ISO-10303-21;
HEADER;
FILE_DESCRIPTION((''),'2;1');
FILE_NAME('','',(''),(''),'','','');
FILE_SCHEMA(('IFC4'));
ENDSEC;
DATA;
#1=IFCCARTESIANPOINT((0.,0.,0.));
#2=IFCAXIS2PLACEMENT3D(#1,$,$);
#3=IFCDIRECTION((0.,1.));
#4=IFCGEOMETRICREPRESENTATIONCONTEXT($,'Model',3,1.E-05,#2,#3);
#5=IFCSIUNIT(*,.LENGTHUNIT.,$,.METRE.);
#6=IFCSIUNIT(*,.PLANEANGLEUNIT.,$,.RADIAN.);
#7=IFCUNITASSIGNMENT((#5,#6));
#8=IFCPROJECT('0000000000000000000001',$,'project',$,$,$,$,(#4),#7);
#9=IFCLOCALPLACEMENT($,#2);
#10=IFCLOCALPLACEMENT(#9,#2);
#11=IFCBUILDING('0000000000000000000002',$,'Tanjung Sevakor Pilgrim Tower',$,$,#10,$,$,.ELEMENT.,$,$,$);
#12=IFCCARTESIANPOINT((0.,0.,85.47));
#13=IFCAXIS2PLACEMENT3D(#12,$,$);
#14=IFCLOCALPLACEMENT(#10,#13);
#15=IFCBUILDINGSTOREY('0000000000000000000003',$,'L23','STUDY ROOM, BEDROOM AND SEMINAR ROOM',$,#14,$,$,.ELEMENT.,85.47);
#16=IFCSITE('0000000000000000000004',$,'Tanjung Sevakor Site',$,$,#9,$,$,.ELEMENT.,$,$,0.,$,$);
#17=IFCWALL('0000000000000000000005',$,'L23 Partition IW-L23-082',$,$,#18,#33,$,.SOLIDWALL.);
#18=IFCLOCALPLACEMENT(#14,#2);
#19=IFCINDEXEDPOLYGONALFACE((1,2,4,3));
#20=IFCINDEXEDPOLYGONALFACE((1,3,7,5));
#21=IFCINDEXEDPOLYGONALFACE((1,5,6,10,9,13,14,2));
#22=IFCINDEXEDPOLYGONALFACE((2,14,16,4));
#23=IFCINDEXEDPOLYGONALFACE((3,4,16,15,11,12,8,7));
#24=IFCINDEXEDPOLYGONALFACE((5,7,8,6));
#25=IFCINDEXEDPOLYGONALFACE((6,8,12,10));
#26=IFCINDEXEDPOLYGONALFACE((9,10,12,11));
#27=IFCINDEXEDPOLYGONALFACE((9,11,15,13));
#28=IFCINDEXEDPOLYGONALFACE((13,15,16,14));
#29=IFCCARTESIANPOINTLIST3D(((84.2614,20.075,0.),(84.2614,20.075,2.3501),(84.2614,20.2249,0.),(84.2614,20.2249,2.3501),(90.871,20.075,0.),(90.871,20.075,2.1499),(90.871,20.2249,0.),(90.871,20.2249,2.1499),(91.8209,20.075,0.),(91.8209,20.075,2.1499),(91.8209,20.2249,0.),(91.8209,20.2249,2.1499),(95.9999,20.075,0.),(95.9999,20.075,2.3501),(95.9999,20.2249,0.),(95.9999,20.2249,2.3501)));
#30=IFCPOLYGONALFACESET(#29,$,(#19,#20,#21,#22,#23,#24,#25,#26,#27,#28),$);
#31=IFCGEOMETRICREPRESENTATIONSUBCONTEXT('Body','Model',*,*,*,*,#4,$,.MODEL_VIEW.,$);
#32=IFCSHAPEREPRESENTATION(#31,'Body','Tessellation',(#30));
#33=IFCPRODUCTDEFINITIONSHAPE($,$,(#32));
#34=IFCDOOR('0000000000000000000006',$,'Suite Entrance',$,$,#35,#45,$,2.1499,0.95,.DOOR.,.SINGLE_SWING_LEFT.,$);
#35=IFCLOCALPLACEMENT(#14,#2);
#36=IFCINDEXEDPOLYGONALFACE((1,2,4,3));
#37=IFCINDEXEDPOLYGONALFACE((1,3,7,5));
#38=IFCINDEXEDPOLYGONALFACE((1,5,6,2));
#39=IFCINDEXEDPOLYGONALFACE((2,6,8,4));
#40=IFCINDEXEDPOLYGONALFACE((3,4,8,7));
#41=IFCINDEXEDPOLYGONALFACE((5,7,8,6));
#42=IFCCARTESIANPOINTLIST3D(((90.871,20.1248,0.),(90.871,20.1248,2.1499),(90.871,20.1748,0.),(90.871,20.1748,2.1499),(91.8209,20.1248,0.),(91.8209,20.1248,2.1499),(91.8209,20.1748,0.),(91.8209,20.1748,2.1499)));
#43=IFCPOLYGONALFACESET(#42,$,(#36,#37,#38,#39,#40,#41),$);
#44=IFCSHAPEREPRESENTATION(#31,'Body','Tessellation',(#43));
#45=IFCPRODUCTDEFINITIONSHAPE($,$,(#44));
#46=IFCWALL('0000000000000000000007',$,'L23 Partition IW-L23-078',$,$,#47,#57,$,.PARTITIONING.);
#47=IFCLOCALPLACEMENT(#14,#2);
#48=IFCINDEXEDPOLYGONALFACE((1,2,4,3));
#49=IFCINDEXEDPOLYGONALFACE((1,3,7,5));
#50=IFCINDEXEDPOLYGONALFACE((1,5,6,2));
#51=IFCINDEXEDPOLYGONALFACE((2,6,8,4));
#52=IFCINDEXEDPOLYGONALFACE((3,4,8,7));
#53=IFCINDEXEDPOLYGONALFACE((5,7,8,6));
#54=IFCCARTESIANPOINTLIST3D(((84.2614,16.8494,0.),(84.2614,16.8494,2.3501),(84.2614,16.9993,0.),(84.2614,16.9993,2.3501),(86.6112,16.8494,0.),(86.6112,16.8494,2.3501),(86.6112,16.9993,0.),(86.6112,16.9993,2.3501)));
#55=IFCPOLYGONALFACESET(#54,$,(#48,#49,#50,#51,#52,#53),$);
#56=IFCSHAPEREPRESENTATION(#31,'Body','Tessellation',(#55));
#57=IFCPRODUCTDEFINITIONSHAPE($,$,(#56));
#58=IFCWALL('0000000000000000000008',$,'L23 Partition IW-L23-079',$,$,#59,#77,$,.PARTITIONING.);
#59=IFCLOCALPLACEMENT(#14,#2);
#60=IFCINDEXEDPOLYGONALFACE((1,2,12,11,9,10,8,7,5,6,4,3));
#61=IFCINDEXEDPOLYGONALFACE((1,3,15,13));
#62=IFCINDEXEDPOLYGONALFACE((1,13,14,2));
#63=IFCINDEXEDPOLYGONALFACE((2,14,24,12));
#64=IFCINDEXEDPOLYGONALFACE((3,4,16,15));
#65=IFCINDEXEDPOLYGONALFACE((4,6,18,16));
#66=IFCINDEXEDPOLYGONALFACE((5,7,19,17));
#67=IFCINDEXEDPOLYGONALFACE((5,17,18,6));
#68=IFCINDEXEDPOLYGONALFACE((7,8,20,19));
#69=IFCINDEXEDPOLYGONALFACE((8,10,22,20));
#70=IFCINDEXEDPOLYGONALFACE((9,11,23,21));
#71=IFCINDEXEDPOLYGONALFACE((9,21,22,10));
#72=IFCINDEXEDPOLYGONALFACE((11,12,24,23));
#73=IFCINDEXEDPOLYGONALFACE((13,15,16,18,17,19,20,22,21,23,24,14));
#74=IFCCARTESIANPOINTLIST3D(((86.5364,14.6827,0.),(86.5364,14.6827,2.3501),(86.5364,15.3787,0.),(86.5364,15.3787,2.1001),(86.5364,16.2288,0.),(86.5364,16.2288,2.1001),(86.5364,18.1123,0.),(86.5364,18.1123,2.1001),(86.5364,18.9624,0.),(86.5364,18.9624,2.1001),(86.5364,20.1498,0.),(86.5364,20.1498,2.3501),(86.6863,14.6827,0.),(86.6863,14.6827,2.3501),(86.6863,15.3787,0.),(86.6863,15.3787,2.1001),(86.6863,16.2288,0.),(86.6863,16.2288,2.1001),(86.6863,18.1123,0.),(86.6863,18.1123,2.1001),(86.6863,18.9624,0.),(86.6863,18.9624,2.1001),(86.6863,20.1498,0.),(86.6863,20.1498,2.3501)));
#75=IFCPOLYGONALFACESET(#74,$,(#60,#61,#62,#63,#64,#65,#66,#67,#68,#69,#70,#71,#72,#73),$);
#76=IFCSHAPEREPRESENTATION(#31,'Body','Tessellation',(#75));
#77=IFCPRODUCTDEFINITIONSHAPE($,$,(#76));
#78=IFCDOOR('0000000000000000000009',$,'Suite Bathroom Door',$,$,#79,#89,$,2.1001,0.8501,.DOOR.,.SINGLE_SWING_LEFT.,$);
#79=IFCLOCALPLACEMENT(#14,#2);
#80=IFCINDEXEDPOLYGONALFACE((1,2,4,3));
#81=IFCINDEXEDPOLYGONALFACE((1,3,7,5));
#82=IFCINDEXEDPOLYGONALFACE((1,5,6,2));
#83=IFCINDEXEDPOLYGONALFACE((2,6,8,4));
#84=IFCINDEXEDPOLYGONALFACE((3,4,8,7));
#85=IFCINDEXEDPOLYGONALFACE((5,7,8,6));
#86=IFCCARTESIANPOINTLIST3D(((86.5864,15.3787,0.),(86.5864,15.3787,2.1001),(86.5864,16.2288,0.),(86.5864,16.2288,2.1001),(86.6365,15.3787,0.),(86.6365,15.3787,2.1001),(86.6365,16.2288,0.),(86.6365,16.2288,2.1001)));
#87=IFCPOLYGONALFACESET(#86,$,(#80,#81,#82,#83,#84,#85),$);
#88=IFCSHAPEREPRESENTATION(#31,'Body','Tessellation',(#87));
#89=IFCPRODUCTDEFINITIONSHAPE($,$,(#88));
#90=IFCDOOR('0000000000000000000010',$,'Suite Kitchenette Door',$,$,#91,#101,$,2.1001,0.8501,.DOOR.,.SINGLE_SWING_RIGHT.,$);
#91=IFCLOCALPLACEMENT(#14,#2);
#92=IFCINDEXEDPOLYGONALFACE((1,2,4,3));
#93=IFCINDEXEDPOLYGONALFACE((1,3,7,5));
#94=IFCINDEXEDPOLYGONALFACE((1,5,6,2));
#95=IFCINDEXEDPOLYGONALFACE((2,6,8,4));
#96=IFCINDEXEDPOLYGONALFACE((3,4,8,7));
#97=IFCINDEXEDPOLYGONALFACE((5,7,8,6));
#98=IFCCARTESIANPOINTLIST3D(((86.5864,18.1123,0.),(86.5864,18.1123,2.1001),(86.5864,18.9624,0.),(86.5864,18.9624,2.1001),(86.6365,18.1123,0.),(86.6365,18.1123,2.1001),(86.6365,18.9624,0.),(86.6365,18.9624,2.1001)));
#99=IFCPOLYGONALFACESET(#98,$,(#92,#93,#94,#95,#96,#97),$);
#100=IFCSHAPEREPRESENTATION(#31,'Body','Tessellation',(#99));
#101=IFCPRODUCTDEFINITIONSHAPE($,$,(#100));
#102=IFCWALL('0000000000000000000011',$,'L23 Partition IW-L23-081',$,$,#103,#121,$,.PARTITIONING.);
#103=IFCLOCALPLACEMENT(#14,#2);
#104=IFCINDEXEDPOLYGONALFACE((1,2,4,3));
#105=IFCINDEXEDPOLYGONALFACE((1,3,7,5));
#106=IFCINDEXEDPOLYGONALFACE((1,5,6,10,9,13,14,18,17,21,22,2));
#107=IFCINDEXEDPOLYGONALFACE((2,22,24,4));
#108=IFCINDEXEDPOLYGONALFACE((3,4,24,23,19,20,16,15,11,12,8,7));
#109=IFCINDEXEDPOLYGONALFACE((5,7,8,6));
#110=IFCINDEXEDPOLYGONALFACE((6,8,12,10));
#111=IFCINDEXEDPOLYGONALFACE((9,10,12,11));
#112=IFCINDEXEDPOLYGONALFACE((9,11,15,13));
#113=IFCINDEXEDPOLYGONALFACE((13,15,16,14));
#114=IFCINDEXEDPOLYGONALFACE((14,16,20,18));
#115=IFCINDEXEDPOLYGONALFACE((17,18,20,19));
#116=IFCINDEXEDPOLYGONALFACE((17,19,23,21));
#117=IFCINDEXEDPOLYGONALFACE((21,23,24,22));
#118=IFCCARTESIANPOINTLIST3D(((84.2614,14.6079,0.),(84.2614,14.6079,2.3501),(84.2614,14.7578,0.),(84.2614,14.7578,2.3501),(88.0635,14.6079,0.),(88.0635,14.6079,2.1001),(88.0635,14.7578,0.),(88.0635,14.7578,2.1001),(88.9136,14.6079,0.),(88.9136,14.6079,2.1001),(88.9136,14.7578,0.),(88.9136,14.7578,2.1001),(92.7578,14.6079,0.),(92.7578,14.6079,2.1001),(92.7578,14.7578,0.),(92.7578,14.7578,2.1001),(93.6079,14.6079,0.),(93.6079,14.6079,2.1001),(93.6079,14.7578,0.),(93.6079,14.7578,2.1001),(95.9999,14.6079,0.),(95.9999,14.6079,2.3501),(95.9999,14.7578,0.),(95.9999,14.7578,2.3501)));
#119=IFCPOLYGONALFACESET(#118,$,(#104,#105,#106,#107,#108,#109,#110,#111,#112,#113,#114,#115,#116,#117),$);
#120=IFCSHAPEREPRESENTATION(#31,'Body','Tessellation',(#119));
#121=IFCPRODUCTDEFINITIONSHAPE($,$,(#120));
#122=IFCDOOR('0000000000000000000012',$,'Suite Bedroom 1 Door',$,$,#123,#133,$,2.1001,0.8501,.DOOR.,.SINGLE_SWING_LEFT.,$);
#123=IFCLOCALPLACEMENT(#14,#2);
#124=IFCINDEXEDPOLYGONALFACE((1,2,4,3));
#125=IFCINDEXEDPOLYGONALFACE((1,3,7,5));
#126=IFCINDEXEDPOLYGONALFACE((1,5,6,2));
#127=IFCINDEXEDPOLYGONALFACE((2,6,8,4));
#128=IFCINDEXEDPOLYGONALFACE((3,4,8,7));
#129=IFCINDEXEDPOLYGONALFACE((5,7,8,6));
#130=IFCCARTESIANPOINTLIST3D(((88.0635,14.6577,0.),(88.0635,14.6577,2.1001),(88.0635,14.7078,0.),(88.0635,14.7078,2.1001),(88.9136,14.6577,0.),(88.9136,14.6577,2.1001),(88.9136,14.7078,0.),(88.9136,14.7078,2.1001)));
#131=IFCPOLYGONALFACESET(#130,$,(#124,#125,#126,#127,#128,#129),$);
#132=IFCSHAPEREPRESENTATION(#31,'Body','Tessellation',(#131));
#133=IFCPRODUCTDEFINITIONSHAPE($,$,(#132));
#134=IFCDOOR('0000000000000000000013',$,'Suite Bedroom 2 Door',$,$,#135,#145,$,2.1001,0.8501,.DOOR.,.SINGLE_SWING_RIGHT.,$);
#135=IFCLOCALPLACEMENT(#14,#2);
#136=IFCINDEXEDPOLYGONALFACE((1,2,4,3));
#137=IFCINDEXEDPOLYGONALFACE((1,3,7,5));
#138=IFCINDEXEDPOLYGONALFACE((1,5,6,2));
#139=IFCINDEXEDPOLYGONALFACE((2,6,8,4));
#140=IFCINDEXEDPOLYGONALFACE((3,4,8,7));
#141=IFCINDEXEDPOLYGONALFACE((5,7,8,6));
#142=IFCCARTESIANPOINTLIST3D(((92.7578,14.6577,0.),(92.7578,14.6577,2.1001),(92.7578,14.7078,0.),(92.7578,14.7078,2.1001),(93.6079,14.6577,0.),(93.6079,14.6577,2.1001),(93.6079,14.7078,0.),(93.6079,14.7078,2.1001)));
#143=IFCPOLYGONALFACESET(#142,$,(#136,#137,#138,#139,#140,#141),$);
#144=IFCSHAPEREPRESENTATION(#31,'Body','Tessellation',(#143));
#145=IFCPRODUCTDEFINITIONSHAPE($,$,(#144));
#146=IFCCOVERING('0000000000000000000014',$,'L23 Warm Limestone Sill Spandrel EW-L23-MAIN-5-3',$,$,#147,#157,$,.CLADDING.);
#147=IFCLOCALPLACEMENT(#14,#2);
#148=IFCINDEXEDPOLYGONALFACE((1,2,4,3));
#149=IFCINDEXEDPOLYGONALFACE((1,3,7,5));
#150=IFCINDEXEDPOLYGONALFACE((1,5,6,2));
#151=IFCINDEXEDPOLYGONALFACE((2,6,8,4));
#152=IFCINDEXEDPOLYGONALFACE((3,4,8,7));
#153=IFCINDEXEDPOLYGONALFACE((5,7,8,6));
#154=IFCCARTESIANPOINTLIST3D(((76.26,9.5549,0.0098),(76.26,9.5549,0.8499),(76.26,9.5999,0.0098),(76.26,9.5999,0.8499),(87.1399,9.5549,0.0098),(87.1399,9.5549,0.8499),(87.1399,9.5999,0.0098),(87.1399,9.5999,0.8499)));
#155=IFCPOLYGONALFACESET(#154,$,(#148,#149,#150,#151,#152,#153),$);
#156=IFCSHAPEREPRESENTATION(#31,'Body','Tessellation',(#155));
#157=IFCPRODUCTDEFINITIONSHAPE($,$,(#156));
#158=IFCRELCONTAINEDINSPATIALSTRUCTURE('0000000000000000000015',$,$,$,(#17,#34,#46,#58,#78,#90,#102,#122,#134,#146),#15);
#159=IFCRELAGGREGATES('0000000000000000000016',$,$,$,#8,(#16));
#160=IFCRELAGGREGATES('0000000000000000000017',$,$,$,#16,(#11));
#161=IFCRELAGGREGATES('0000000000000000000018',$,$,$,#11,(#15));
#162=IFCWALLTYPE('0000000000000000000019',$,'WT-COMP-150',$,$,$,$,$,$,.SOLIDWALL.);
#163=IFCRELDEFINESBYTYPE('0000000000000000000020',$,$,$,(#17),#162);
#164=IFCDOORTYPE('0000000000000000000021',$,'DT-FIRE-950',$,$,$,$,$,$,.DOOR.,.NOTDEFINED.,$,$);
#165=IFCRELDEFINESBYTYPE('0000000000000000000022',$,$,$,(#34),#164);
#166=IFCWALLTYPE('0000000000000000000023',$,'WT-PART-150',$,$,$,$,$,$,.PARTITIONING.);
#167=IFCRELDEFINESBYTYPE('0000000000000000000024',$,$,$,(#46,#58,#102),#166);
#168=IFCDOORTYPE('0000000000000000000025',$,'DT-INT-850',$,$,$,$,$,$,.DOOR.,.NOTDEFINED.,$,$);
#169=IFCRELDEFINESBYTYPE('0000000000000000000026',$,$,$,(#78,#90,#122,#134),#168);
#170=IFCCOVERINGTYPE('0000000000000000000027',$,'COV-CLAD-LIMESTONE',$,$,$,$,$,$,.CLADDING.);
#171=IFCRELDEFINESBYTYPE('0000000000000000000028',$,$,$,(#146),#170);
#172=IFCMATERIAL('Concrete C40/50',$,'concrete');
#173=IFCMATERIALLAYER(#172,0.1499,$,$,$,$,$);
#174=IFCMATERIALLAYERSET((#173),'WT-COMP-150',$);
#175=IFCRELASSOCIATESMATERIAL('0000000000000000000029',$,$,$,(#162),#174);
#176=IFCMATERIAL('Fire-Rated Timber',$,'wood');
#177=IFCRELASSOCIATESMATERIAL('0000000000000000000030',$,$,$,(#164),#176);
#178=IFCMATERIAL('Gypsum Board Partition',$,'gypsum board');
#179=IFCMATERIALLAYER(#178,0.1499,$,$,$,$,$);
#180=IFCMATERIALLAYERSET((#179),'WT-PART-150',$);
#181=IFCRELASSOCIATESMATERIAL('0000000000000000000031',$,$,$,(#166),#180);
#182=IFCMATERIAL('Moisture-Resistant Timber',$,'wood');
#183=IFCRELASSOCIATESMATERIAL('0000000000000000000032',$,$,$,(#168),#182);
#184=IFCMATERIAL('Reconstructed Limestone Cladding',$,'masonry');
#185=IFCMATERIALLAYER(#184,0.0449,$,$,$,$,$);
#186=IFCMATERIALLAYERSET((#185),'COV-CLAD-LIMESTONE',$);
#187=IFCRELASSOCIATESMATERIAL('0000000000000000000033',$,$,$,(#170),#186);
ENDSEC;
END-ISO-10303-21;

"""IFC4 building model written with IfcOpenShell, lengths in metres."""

from ifc_helpers import new_model, si_unit, direction, frame, frame_2d, origin, origin_2d, place, context, subcontext, project, spatial, rectangle, extrude, material, layer, layer_set, type_object, element, fill, save


model = new_model("IFC4")

# Units and contexts
model_context = context("Model", 3, precision=1e-05, world=origin(), true_north=direction((0.0, 1.0)))
body_context = subcontext(model_context, "Body", "Model", "MODEL_VIEW")
ifc_project = project(units=[si_unit("LENGTHUNIT", "METRE"), si_unit("PLANEANGLEUNIT", "RADIAN")], contexts=[model_context])

# Site, building, storey
site_placement = place(None, origin())
site = spatial("IfcSite", under=ifc_project, at=site_placement, Name="Tanjung Sevakor Site", CompositionType="ELEMENT", RefElevation=0.0)
building_placement = place(site_placement, origin())
building = spatial("IfcBuilding", under=site, at=building_placement, Name="Tanjung Sevakor Pilgrim Tower", CompositionType="ELEMENT")
storey_placement = place(building_placement, frame((0.0, 0.0, 85.47)))
storey = spatial("IfcBuildingStorey", under=building, at=storey_placement, Name="L23", Description="STUDY ROOM, BEDROOM AND SEMINAR ROOM", CompositionType="ELEMENT", Elevation=85.47)

# Shared definitions
ifc_material_1 = material(Name="Concrete C40/50", Category="concrete")
ifc_layer_1 = layer(ifc_material_1, 0.1499)
ifc_layer_set_1 = layer_set([ifc_layer_1], Name="WT-COMP-150")
wall_type_1 = type_object("IfcWallType", Name="WT-COMP-150", PredefinedType="SOLIDWALL", material=ifc_layer_set_1)

# Wall, opening, door
wall_1_placement = place(storey_placement, frame((84.2615, 20.1499, 0.0), z_axis=(0.0, 0.0, 1.0), x_axis=(1.0, 0.0, 0.0)))
wall_1 = element("IfcWall", 1, at=wall_1_placement, inside=storey, type_object=wall_type_1, Name="L23 Partition IW-L23-082", PredefinedType="SOLIDWALL", context=body_context, shape_type="SweptSolid", body=[
    extrude(rectangle(XDim=11.7385, YDim=0.1499, at=frame_2d((5.8691, 0.0))), origin(), (0.0, 0.0, 1.0), 2.3501),
])
opening_1_placement = place(wall_1_placement, frame((6.6094, 0.0, 0.0)))
opening_1 = element("IfcOpeningElement", 2, at=opening_1_placement, cuts=wall_1, PredefinedType="OPENING", context=body_context, shape_type="SweptSolid", body=[
    extrude(rectangle(XDim=0.95, YDim=2.1499, at=frame_2d((0.4751, 1.075))), frame((0.0, 0.085, 0.0), z_axis=(0.0, -1.0, 0.0), x_axis=(1.0, 0.0, 0.0)), (0.0, 0.0, 1.0), 0.1699),
])
ifc_material_2 = material(Name="Fire-Rated Timber", Category="wood")
door_type_1 = type_object("IfcDoorType", Name="DT-FIRE-950", OperationType="NOTDEFINED", PredefinedType="DOOR", material=ifc_material_2)
door_1_placement = place(opening_1_placement, origin())
door_1 = element("IfcDoor", 3, at=door_1_placement, inside=storey, type_object=door_type_1, Name="Suite Entrance", OperationType="SINGLE_SWING_LEFT", OverallHeight=2.1499, OverallWidth=0.95, PredefinedType="DOOR", context=body_context, shape_type="SweptSolid", body=[
    extrude(rectangle(XDim=0.95, YDim=2.1499, at=frame_2d((0.4751, 1.075))), frame((0.0, 0.0249, 0.0), z_axis=(0.0, -1.0, 0.0), x_axis=(1.0, 0.0, 0.0)), (0.0, 0.0, 1.0), 0.05),
])
fill(opening_1, door_1)

# Wall
ifc_material_3 = material(Name="Gypsum Board Partition", Category="gypsum board")
ifc_layer_2 = layer(ifc_material_3, 0.1499)
ifc_layer_set_2 = layer_set([ifc_layer_2], Name="WT-PART-150")
wall_type_2 = type_object("IfcWallType", Name="WT-PART-150", PredefinedType="PARTITIONING", material=ifc_layer_set_2)
wall_2_placement = place(storey_placement, frame((84.2615, 16.9243, 0.0), z_axis=(0.0, 0.0, 1.0), x_axis=(1.0, 0.0, 0.0)))
element("IfcWall", 4, at=wall_2_placement, inside=storey, type_object=wall_type_2, Name="L23 Partition IW-L23-078", PredefinedType="PARTITIONING", context=body_context, shape_type="SweptSolid", body=[
    extrude(rectangle(XDim=2.3499, YDim=0.1499, at=frame_2d((1.1748, 0.0))), origin(), (0.0, 0.0, 1.0), 2.3501),
])

# Walls, openings, doors
wall_3_placement = place(storey_placement, frame((86.6113, 14.6829, 0.0), z_axis=(0.0, 0.0, 1.0), x_axis=(0.0, 1.0, 0.0)))
wall_3 = element("IfcWall", 5, at=wall_3_placement, inside=storey, type_object=wall_type_2, Name="L23 Partition IW-L23-079", PredefinedType="PARTITIONING", context=body_context, shape_type="SweptSolid", body=[
    extrude(rectangle(XDim=5.467, YDim=0.1499, at=frame_2d((2.7334, 0.0))), origin(), (0.0, 0.0, 1.0), 2.3501),
])
opening_2_placement = place(wall_3_placement, frame((0.6958, 0.0, 0.0)))
opening_2 = element("IfcOpeningElement", 6, at=opening_2_placement, cuts=wall_3, PredefinedType="OPENING", context=body_context, shape_type="SweptSolid", body=[
    extrude(rectangle(XDim=0.8501, YDim=2.1001, at=frame_2d((0.425, 1.05))), frame((0.0, 0.085, 0.0), z_axis=(0.0, -1.0, 0.0), x_axis=(1.0, 0.0, 0.0)), (0.0, 0.0, 1.0), 0.1699),
])
opening_3_placement = place(wall_3_placement, frame((3.4294, 0.0, 0.0)))
opening_3 = element("IfcOpeningElement", 7, at=opening_3_placement, cuts=wall_3, PredefinedType="OPENING", context=body_context, shape_type="SweptSolid", body=[
    extrude(rectangle(XDim=0.8501, YDim=2.1001, at=frame_2d((0.425, 1.05))), frame((0.0, 0.085, 0.0), z_axis=(0.0, -1.0, 0.0), x_axis=(1.0, 0.0, 0.0)), (0.0, 0.0, 1.0), 0.1699),
])
ifc_material_4 = material(Name="Moisture-Resistant Timber", Category="wood")
door_type_2 = type_object("IfcDoorType", Name="DT-INT-850", OperationType="NOTDEFINED", PredefinedType="DOOR", material=ifc_material_4)
door_2_placement = place(opening_2_placement, origin())
door_2 = element("IfcDoor", 8, at=door_2_placement, inside=storey, type_object=door_type_2, Name="Suite Bathroom Door", OperationType="SINGLE_SWING_LEFT", OverallHeight=2.1001, OverallWidth=0.8501, PredefinedType="DOOR", context=body_context, shape_type="SweptSolid", body=[
    extrude(rectangle(XDim=0.8501, YDim=2.1001, at=frame_2d((0.425, 1.05))), frame((0.0, 0.0249, 0.0), z_axis=(0.0, -1.0, 0.0), x_axis=(1.0, 0.0, 0.0)), (0.0, 0.0, 1.0), 0.05),
])
fill(opening_2, door_2)
door_3_placement = place(opening_3_placement, origin())
door_3 = element("IfcDoor", 9, at=door_3_placement, inside=storey, type_object=door_type_2, Name="Suite Kitchenette Door", OperationType="SINGLE_SWING_RIGHT", OverallHeight=2.1001, OverallWidth=0.8501, PredefinedType="DOOR", context=body_context, shape_type="SweptSolid", body=[
    extrude(rectangle(XDim=0.8501, YDim=2.1001, at=frame_2d((0.425, 1.05))), frame((0.0, 0.0249, 0.0), z_axis=(0.0, -1.0, 0.0), x_axis=(1.0, 0.0, 0.0)), (0.0, 0.0, 1.0), 0.05),
])
fill(opening_3, door_3)
wall_4_placement = place(storey_placement, frame((84.2615, 14.6829, 0.0), z_axis=(0.0, 0.0, 1.0), x_axis=(1.0, 0.0, 0.0)))
wall_4 = element("IfcWall", 10, at=wall_4_placement, inside=storey, type_object=wall_type_2, Name="L23 Partition IW-L23-081", PredefinedType="PARTITIONING", context=body_context, shape_type="SweptSolid", body=[
    extrude(rectangle(XDim=11.7385, YDim=0.1499, at=frame_2d((5.8691, 0.0))), origin(), (0.0, 0.0, 1.0), 2.3501),
])
opening_4_placement = place(wall_4_placement, frame((3.802, 0.0, 0.0)))
opening_4 = element("IfcOpeningElement", 11, at=opening_4_placement, cuts=wall_4, PredefinedType="OPENING", context=body_context, shape_type="SweptSolid", body=[
    extrude(rectangle(XDim=0.8501, YDim=2.1001, at=frame_2d((0.425, 1.05))), frame((0.0, 0.085, 0.0), z_axis=(0.0, -1.0, 0.0), x_axis=(1.0, 0.0, 0.0)), (0.0, 0.0, 1.0), 0.1699),
])
opening_5_placement = place(wall_4_placement, frame((8.4963, 0.0, 0.0)))
opening_5 = element("IfcOpeningElement", 12, at=opening_5_placement, cuts=wall_4, PredefinedType="OPENING", context=body_context, shape_type="SweptSolid", body=[
    extrude(rectangle(XDim=0.8501, YDim=2.1001, at=frame_2d((0.425, 1.05))), frame((0.0, 0.085, 0.0), z_axis=(0.0, -1.0, 0.0), x_axis=(1.0, 0.0, 0.0)), (0.0, 0.0, 1.0), 0.1699),
])
door_4_placement = place(opening_4_placement, origin())
door_4 = element("IfcDoor", 13, at=door_4_placement, inside=storey, type_object=door_type_2, Name="Suite Bedroom 1 Door", OperationType="SINGLE_SWING_LEFT", OverallHeight=2.1001, OverallWidth=0.8501, PredefinedType="DOOR", context=body_context, shape_type="SweptSolid", body=[
    extrude(rectangle(XDim=0.8501, YDim=2.1001, at=frame_2d((0.425, 1.05))), frame((0.0, 0.0249, 0.0), z_axis=(0.0, -1.0, 0.0), x_axis=(1.0, 0.0, 0.0)), (0.0, 0.0, 1.0), 0.05),
])
fill(opening_4, door_4)
door_5_placement = place(opening_5_placement, origin())
door_5 = element("IfcDoor", 14, at=door_5_placement, inside=storey, type_object=door_type_2, Name="Suite Bedroom 2 Door", OperationType="SINGLE_SWING_RIGHT", OverallHeight=2.1001, OverallWidth=0.8501, PredefinedType="DOOR", context=body_context, shape_type="SweptSolid", body=[
    extrude(rectangle(XDim=0.8501, YDim=2.1001, at=frame_2d((0.425, 1.05))), frame((0.0, 0.0249, 0.0), z_axis=(0.0, -1.0, 0.0), x_axis=(1.0, 0.0, 0.0)), (0.0, 0.0, 1.0), 0.05),
])
fill(opening_5, door_5)

# Covering
ifc_material_5 = material(Name="Reconstructed Limestone Cladding", Category="masonry")
ifc_layer_3 = layer(ifc_material_5, 0.0449)
ifc_layer_set_3 = layer_set([ifc_layer_3], Name="COV-CLAD-LIMESTONE")
covering_type = type_object("IfcCoveringType", Name="COV-CLAD-LIMESTONE", PredefinedType="CLADDING", material=ifc_layer_set_3)
covering_placement = place(storey_placement, frame((81.7, 9.5774, 0.0098), z_axis=(0.0, 0.0, 1.0), x_axis=(1.0, 0.0, 0.0)))
element("IfcCovering", 15, at=covering_placement, inside=storey, type_object=covering_type, Name="L23 Warm Limestone Sill Spandrel EW-L23-MAIN-5-3", PredefinedType="CLADDING", context=body_context, shape_type="SweptSolid", body=[
    extrude(rectangle(XDim=10.8799, YDim=0.0449, at=origin_2d()), origin(), (0.0, 0.0, 1.0), 0.8401),
])

save(model, "model.ifc")
